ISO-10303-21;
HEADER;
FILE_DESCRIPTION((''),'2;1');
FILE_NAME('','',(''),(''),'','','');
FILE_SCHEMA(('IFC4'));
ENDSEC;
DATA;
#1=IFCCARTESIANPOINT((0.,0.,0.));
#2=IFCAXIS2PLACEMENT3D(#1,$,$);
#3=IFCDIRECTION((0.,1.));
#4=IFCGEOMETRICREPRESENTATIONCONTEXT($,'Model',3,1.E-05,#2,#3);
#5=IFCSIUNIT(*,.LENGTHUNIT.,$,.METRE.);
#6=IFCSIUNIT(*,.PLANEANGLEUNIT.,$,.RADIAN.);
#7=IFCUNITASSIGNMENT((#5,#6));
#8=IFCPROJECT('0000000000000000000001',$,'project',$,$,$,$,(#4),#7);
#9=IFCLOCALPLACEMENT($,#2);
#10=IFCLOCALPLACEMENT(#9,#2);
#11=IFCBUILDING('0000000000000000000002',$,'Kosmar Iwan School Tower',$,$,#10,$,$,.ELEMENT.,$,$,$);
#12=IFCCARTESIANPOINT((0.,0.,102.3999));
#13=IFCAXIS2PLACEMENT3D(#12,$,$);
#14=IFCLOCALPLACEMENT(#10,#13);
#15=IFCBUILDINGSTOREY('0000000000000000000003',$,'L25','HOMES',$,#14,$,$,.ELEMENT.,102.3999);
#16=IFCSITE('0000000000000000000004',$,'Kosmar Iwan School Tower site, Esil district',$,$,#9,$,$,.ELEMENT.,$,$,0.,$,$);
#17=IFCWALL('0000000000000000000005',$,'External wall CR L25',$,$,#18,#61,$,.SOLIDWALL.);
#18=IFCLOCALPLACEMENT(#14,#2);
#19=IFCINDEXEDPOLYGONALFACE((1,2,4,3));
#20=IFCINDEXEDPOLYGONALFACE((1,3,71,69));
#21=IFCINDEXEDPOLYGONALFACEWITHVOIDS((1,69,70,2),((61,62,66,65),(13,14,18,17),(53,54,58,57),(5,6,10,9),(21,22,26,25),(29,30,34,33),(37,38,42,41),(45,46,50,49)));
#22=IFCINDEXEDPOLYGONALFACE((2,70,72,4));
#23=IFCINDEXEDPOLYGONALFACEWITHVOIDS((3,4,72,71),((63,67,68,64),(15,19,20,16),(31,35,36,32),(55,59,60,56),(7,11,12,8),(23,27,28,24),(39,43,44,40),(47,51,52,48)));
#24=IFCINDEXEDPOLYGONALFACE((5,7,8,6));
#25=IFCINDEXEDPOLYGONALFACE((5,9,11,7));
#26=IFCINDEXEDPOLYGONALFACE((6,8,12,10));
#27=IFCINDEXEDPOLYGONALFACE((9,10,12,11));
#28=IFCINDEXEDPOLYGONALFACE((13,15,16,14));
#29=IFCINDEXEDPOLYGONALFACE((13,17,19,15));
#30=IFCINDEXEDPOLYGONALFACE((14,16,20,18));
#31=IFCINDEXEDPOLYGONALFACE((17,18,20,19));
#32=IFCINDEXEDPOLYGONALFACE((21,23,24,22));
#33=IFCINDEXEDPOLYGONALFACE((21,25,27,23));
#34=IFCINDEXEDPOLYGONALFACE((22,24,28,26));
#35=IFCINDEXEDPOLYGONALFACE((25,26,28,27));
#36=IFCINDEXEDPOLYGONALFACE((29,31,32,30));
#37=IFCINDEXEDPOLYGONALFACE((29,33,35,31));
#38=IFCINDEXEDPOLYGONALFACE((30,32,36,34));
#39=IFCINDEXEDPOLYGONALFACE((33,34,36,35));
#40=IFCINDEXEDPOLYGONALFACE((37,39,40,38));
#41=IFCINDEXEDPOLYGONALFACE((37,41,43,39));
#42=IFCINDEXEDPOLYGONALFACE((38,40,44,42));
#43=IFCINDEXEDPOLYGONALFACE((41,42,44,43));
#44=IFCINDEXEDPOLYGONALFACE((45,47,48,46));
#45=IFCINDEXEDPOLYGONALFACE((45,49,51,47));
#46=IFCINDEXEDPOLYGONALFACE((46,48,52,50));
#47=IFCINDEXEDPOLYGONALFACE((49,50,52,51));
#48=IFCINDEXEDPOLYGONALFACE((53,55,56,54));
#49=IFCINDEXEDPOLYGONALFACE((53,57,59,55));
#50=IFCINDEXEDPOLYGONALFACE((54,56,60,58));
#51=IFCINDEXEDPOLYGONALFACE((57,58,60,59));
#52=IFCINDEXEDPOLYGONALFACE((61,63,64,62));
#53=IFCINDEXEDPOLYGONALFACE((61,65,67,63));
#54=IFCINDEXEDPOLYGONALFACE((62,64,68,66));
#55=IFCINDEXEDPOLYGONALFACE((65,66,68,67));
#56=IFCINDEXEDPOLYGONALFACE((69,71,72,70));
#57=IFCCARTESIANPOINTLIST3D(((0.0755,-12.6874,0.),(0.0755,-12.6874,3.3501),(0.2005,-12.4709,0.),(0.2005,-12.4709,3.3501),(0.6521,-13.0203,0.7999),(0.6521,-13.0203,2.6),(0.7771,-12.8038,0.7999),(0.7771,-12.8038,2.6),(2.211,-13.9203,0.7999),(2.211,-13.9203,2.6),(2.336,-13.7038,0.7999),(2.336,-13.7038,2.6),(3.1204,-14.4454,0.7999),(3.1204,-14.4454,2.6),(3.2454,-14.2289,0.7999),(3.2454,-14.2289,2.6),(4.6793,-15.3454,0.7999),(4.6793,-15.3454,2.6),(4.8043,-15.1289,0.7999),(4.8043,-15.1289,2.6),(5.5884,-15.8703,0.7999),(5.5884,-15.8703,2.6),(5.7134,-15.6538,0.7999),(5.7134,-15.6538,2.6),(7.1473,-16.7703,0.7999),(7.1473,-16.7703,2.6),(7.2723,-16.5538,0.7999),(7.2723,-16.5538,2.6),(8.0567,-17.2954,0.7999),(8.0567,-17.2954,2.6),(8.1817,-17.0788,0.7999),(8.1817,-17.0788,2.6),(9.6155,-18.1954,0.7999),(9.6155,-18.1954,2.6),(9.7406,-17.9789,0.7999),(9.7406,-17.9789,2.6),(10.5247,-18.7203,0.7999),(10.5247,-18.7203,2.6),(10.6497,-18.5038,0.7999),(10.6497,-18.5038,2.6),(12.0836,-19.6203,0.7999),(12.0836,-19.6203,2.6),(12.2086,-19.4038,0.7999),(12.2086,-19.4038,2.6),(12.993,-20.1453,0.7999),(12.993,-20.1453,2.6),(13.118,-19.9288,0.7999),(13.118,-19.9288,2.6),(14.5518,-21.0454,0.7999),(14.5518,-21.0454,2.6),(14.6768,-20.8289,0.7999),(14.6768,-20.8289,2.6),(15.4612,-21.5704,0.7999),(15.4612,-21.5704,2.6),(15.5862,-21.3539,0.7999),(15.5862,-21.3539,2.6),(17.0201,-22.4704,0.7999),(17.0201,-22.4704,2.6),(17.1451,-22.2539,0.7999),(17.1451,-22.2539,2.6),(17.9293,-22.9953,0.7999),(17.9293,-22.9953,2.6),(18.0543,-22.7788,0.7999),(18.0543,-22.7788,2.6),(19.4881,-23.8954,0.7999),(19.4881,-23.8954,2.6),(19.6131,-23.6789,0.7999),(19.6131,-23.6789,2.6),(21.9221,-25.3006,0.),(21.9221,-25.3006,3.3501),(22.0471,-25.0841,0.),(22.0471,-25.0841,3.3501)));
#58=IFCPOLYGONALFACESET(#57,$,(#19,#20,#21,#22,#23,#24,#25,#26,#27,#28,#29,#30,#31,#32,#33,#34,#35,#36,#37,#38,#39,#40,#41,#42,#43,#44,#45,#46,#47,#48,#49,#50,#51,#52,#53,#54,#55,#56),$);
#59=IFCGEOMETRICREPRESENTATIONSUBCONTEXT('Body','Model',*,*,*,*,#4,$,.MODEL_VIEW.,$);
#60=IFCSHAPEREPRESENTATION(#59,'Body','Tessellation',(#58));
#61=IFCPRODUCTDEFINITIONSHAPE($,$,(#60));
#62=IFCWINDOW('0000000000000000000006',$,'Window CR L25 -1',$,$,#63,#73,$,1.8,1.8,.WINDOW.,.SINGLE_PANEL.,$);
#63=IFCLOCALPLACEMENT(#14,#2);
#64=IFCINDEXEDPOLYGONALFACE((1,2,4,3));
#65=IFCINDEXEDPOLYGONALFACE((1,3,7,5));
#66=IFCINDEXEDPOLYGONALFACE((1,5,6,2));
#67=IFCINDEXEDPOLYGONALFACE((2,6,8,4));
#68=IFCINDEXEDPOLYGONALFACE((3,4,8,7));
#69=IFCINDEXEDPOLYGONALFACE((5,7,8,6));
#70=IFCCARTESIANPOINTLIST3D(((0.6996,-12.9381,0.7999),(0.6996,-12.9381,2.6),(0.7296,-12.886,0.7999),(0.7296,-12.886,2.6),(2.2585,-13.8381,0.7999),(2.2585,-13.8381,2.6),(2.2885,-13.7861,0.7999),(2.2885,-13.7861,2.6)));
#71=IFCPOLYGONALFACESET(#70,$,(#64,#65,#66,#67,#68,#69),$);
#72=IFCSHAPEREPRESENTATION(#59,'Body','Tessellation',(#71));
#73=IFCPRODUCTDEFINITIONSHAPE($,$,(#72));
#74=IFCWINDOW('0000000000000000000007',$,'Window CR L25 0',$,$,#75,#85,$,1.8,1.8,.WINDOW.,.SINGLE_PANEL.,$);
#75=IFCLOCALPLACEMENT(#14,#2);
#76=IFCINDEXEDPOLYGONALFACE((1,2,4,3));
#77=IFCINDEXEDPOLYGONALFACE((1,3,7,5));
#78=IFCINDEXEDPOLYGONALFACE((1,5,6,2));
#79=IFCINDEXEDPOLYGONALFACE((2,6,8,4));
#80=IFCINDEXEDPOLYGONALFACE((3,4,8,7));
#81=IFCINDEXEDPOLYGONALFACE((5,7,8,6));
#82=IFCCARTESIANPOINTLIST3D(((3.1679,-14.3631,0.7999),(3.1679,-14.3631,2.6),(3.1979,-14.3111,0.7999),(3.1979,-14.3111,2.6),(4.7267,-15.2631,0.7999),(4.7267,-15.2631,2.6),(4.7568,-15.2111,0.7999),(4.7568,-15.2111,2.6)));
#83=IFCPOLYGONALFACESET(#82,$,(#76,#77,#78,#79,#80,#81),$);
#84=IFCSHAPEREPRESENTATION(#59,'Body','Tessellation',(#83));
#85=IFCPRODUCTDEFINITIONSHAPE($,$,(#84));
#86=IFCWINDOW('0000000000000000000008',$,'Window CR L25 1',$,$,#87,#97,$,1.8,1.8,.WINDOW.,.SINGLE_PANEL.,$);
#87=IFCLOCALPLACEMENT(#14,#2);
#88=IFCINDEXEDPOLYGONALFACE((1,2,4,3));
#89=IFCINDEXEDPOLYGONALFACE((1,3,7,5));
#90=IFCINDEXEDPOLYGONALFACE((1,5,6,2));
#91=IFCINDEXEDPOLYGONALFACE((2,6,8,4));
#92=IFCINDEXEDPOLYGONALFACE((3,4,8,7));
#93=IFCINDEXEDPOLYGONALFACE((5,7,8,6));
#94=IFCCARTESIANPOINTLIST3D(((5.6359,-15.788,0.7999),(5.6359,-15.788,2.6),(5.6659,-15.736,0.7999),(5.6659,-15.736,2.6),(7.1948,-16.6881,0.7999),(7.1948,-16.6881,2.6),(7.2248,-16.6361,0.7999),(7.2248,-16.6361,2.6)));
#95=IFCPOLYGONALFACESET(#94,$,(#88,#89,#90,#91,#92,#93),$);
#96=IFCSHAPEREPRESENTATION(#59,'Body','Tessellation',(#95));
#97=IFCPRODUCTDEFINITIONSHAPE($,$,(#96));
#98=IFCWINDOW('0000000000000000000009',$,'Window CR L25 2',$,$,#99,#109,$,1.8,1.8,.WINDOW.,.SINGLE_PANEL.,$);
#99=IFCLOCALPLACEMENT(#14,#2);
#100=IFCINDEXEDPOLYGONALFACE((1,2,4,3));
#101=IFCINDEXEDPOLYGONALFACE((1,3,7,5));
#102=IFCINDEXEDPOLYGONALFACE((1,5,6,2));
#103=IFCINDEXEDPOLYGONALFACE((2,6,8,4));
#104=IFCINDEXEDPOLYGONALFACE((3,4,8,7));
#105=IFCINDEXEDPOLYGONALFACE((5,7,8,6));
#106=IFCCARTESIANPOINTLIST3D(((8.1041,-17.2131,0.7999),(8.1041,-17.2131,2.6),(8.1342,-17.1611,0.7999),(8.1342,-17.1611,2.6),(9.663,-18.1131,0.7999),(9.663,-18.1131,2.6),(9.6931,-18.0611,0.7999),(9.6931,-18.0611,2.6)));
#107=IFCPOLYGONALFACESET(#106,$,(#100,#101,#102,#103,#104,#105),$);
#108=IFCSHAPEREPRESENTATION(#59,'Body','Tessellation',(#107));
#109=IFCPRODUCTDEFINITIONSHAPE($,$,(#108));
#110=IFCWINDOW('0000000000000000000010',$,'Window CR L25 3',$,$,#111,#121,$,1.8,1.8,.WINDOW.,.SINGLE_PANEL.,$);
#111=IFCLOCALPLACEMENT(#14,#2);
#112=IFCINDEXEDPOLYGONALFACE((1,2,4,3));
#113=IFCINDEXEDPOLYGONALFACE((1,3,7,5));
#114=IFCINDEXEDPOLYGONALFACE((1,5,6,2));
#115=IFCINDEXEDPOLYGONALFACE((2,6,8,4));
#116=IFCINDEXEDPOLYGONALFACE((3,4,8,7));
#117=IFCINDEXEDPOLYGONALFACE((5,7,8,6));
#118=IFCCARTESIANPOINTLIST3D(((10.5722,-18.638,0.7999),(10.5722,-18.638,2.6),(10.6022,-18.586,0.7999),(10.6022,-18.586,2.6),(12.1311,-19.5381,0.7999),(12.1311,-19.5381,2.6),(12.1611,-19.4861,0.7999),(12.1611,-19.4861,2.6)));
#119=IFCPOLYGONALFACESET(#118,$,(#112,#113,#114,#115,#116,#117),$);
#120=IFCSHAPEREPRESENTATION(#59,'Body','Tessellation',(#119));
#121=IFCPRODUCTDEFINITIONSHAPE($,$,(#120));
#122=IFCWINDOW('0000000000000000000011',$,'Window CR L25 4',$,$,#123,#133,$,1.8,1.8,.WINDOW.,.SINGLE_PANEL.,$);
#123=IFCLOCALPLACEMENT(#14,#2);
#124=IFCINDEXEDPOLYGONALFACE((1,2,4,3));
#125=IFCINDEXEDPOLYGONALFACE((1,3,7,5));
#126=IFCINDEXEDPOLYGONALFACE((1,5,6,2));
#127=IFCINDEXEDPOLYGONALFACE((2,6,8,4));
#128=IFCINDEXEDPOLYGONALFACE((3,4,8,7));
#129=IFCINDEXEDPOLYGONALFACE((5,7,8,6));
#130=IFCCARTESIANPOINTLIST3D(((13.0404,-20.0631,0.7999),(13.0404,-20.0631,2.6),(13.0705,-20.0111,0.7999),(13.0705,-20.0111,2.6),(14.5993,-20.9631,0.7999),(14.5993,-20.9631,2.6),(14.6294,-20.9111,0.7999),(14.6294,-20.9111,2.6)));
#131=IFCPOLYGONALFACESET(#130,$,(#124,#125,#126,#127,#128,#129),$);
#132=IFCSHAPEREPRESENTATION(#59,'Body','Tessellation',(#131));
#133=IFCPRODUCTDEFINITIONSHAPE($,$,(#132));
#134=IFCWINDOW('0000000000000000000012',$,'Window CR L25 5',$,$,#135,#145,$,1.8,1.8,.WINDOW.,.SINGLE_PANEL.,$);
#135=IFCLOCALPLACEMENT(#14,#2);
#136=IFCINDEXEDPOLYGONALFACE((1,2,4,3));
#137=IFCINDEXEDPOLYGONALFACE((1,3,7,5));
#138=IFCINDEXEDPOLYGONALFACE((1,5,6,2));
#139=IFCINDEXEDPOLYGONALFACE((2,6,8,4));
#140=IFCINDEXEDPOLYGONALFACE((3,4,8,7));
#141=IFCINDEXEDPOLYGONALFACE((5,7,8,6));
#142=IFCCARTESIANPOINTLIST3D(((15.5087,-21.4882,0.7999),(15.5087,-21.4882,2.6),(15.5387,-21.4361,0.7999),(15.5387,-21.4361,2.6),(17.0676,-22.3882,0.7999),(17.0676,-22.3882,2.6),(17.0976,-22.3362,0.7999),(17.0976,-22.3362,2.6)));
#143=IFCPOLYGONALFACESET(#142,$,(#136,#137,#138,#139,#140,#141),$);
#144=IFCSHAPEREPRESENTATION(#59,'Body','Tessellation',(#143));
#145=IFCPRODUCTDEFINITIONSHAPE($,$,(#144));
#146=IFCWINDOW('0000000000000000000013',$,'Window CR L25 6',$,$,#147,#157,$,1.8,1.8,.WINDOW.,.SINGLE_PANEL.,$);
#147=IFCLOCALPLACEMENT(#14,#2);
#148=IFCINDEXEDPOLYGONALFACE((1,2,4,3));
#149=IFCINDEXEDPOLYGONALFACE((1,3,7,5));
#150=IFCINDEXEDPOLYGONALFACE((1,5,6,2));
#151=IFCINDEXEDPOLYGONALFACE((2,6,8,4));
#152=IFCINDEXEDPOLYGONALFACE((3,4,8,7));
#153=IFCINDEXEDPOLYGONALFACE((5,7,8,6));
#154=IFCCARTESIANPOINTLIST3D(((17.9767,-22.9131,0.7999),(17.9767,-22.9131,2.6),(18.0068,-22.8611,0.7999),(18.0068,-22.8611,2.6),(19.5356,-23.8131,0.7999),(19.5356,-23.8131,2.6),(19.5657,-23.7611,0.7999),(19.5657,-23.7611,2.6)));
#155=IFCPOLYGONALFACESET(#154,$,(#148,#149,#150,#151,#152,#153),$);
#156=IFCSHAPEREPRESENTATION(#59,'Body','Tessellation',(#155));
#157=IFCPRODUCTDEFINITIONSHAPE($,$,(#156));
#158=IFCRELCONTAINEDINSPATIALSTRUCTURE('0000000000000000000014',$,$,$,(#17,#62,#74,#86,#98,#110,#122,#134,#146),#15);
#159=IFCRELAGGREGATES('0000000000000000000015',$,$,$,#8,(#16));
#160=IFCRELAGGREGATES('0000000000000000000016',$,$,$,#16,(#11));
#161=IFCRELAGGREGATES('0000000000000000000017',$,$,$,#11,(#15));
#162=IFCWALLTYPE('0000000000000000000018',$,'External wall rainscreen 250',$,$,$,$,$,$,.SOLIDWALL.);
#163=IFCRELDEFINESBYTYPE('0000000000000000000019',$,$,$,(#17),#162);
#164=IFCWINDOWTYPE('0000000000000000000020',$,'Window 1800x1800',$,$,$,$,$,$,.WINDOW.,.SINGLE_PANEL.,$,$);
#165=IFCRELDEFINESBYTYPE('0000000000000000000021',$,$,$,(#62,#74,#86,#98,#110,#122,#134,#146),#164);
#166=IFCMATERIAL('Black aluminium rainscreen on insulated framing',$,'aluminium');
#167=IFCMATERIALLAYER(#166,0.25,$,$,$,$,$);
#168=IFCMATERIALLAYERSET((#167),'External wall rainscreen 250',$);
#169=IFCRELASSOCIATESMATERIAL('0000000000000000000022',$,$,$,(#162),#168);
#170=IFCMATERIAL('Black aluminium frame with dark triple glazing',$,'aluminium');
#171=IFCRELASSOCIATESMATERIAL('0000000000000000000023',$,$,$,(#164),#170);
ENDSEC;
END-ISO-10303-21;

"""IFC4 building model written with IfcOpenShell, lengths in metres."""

from ifc_helpers import new_model, si_unit, direction, frame, frame_2d, origin, place, context, subcontext, project, spatial, rectangle, extrude, material, layer, layer_set, type_object, element, fill, save


model = new_model("IFC4")

# Units and contexts
model_context = context("Model", 3, precision=1e-05, world=origin(), true_north=direction((0.0, 1.0)))
body_context = subcontext(model_context, "Body", "Model", "MODEL_VIEW")
ifc_project = project(units=[si_unit("LENGTHUNIT", "METRE"), si_unit("PLANEANGLEUNIT", "RADIAN")], contexts=[model_context])

# Site, building, storey
site_placement = place(None, origin())
site = spatial("IfcSite", under=ifc_project, at=site_placement, Name="Kosmar Iwan School Tower site, Esil district", CompositionType="ELEMENT", RefElevation=0.0)
building_placement = place(site_placement, origin())
building = spatial("IfcBuilding", under=site, at=building_placement, Name="Kosmar Iwan School Tower", CompositionType="ELEMENT")
storey_placement = place(building_placement, frame((0.0, 0.0, 102.3999)))
storey = spatial("IfcBuildingStorey", under=building, at=storey_placement, Name="L25", Description="HOMES", CompositionType="ELEMENT", Elevation=102.3999)

# Wall, openings, windows
ifc_material_1 = material(Name="Black aluminium rainscreen on insulated framing", Category="aluminium")
ifc_layer = layer(ifc_material_1, 0.25)
ifc_layer_set = layer_set([ifc_layer], Name="External wall rainscreen 250")
wall_type = type_object("IfcWallType", Name="External wall rainscreen 250", PredefinedType="SOLIDWALL", material=ifc_layer_set)
ifc_material_2 = material(Name="Black aluminium frame with dark triple glazing", Category="aluminium")
window_type = type_object("IfcWindowType", Name="Window 1800x1800", PartitioningType="SINGLE_PANEL", PredefinedType="WINDOW", material=ifc_material_2)
wall_1_placement = place(storey_placement, frame((0.1379, -12.5791, 0.0), z_axis=(0.0, 0.0, 1.0), x_axis=(0.866024, -0.500003, 0.0)))
wall_1 = element("IfcWall", 1, at=wall_1_placement, inside=storey, type_object=wall_type, Name="External wall CR L25", PredefinedType="SOLIDWALL", context=body_context, shape_type="SweptSolid", body=[
    extrude(rectangle(XDim=25.2263, YDim=0.25, at=frame_2d((12.6133, 0.0))), origin(), (0.0, 0.0, 1.0), 3.3501),
])
opening_1_placement = place(wall_1_placement, frame((0.666, 0.0, 0.8)))
opening_1 = element("IfcOpeningElement", 2, at=opening_1_placement, cuts=wall_1, PredefinedType="OPENING", context=body_context, shape_type="SweptSolid", body=[
    extrude(rectangle(XDim=1.8, YDim=1.8, at=frame_2d((0.8999, 0.8999))), frame((0.0, 0.137, 0.0), z_axis=(0.0, -1.0, 0.0), x_axis=(1.0, 0.0, 0.0)), (0.0, 0.0, 1.0), 0.2739),
])
opening_2_placement = place(wall_1_placement, frame((3.5161, 0.0, 0.8)))
opening_2 = element("IfcOpeningElement", 3, at=opening_2_placement, cuts=wall_1, PredefinedType="OPENING", context=body_context, shape_type="SweptSolid", body=[
    extrude(rectangle(XDim=1.8, YDim=1.8, at=frame_2d((0.8999, 0.8999))), frame((0.0, 0.137, 0.0), z_axis=(0.0, -1.0, 0.0), x_axis=(1.0, 0.0, 0.0)), (0.0, 0.0, 1.0), 0.2739),
])
opening_3_placement = place(wall_1_placement, frame((6.366, 0.0, 0.8)))
opening_3 = element("IfcOpeningElement", 4, at=opening_3_placement, cuts=wall_1, PredefinedType="OPENING", context=body_context, shape_type="SweptSolid", body=[
    extrude(rectangle(XDim=1.8, YDim=1.8, at=frame_2d((0.8999, 0.8999))), frame((0.0, 0.137, 0.0), z_axis=(0.0, -1.0, 0.0), x_axis=(1.0, 0.0, 0.0)), (0.0, 0.0, 1.0), 0.2739),
])
opening_4_placement = place(wall_1_placement, frame((9.2161, 0.0, 0.8)))
opening_4 = element("IfcOpeningElement", 5, at=opening_4_placement, cuts=wall_1, PredefinedType="OPENING", context=body_context, shape_type="SweptSolid", body=[
    extrude(rectangle(XDim=1.8, YDim=1.8, at=frame_2d((0.8999, 0.8999))), frame((0.0, 0.137, 0.0), z_axis=(0.0, -1.0, 0.0), x_axis=(1.0, 0.0, 0.0)), (0.0, 0.0, 1.0), 0.2739),
])
opening_5_placement = place(wall_1_placement, frame((12.0659, 0.0, 0.8)))
opening_5 = element("IfcOpeningElement", 6, at=opening_5_placement, cuts=wall_1, PredefinedType="OPENING", context=body_context, shape_type="SweptSolid", body=[
    extrude(rectangle(XDim=1.8, YDim=1.8, at=frame_2d((0.8999, 0.8999))), frame((0.0, 0.137, 0.0), z_axis=(0.0, -1.0, 0.0), x_axis=(1.0, 0.0, 0.0)), (0.0, 0.0, 1.0), 0.2739),
])
opening_6_placement = place(wall_1_placement, frame((14.916, 0.0, 0.8)))
opening_6 = element("IfcOpeningElement", 7, at=opening_6_placement, cuts=wall_1, PredefinedType="OPENING", context=body_context, shape_type="SweptSolid", body=[
    extrude(rectangle(XDim=1.8, YDim=1.8, at=frame_2d((0.8999, 0.8999))), frame((0.0, 0.137, 0.0), z_axis=(0.0, -1.0, 0.0), x_axis=(1.0, 0.0, 0.0)), (0.0, 0.0, 1.0), 0.2739),
])
opening_7_placement = place(wall_1_placement, frame((17.7661, 0.0, 0.8)))
opening_7 = element("IfcOpeningElement", 8, at=opening_7_placement, cuts=wall_1, PredefinedType="OPENING", context=body_context, shape_type="SweptSolid", body=[
    extrude(rectangle(XDim=1.8, YDim=1.8, at=frame_2d((0.8999, 0.8999))), frame((0.0, 0.137, 0.0), z_axis=(0.0, -1.0, 0.0), x_axis=(1.0, 0.0, 0.0)), (0.0, 0.0, 1.0), 0.2739),
])
opening_8_placement = place(wall_1_placement, frame((20.616, 0.0, 0.8)))
opening_8 = element("IfcOpeningElement", 9, at=opening_8_placement, cuts=wall_1, PredefinedType="OPENING", context=body_context, shape_type="SweptSolid", body=[
    extrude(rectangle(XDim=1.8, YDim=1.8, at=frame_2d((0.8999, 0.8999))), frame((0.0, 0.137, 0.0), z_axis=(0.0, -1.0, 0.0), x_axis=(1.0, 0.0, 0.0)), (0.0, 0.0, 1.0), 0.2739),
])
window_1_placement = place(opening_1_placement, origin())
window_1 = element("IfcWindow", 10, at=window_1_placement, inside=storey, type_object=window_type, Name="Window CR L25 -1", OverallHeight=1.8, OverallWidth=1.8, PartitioningType="SINGLE_PANEL", PredefinedType="WINDOW", context=body_context, shape_type="SweptSolid", body=[
    extrude(rectangle(XDim=1.8, YDim=1.8, at=frame_2d((0.8999, 0.8999))), frame((0.0, 0.03, 0.0), z_axis=(0.0, -1.0, 0.0), x_axis=(1.0, 0.0, 0.0)), (0.0, 0.0, 1.0), 0.0601),
])
fill(opening_1, window_1)
window_2_placement = place(opening_2_placement, origin())
window_2 = element("IfcWindow", 11, at=window_2_placement, inside=storey, type_object=window_type, Name="Window CR L25 0", OverallHeight=1.8, OverallWidth=1.8, PartitioningType="SINGLE_PANEL", PredefinedType="WINDOW", context=body_context, shape_type="SweptSolid", body=[
    extrude(rectangle(XDim=1.8, YDim=1.8, at=frame_2d((0.8999, 0.8999))), frame((0.0, 0.03, 0.0), z_axis=(0.0, -1.0, 0.0), x_axis=(1.0, 0.0, 0.0)), (0.0, 0.0, 1.0), 0.0601),
])
fill(opening_2, window_2)
window_3_placement = place(opening_3_placement, origin())
window_3 = element("IfcWindow", 12, at=window_3_placement, inside=storey, type_object=window_type, Name="Window CR L25 1", OverallHeight=1.8, OverallWidth=1.8, PartitioningType="SINGLE_PANEL", PredefinedType="WINDOW", context=body_context, shape_type="SweptSolid", body=[
    extrude(rectangle(XDim=1.8, YDim=1.8, at=frame_2d((0.8999, 0.8999))), frame((0.0, 0.03, 0.0), z_axis=(0.0, -1.0, 0.0), x_axis=(1.0, 0.0, 0.0)), (0.0, 0.0, 1.0), 0.0601),
])
fill(opening_3, window_3)
window_4_placement = place(opening_4_placement, origin())
window_4 = element("IfcWindow", 13, at=window_4_placement, inside=storey, type_object=window_type, Name="Window CR L25 2", OverallHeight=1.8, OverallWidth=1.8, PartitioningType="SINGLE_PANEL", PredefinedType="WINDOW", context=body_context, shape_type="SweptSolid", body=[
    extrude(rectangle(XDim=1.8, YDim=1.8, at=frame_2d((0.8999, 0.8999))), frame((0.0, 0.03, 0.0), z_axis=(0.0, -1.0, 0.0), x_axis=(1.0, 0.0, 0.0)), (0.0, 0.0, 1.0), 0.0601),
])
fill(opening_4, window_4)
window_5_placement = place(opening_5_placement, origin())
window_5 = element("IfcWindow", 14, at=window_5_placement, inside=storey, type_object=window_type, Name="Window CR L25 3", OverallHeight=1.8, OverallWidth=1.8, PartitioningType="SINGLE_PANEL", PredefinedType="WINDOW", context=body_context, shape_type="SweptSolid", body=[
    extrude(rectangle(XDim=1.8, YDim=1.8, at=frame_2d((0.8999, 0.8999))), frame((0.0, 0.03, 0.0), z_axis=(0.0, -1.0, 0.0), x_axis=(1.0, 0.0, 0.0)), (0.0, 0.0, 1.0), 0.0601),
])
fill(opening_5, window_5)
window_6_placement = place(opening_6_placement, origin())
window_6 = element("IfcWindow", 15, at=window_6_placement, inside=storey, type_object=window_type, Name="Window CR L25 4", OverallHeight=1.8, OverallWidth=1.8, PartitioningType="SINGLE_PANEL", PredefinedType="WINDOW", context=body_context, shape_type="SweptSolid", body=[
    extrude(rectangle(XDim=1.8, YDim=1.8, at=frame_2d((0.8999, 0.8999))), frame((0.0, 0.03, 0.0), z_axis=(0.0, -1.0, 0.0), x_axis=(1.0, 0.0, 0.0)), (0.0, 0.0, 1.0), 0.0601),
])
fill(opening_6, window_6)
window_7_placement = place(opening_7_placement, origin())
window_7 = element("IfcWindow", 16, at=window_7_placement, inside=storey, type_object=window_type, Name="Window CR L25 5", OverallHeight=1.8, OverallWidth=1.8, PartitioningType="SINGLE_PANEL", PredefinedType="WINDOW", context=body_context, shape_type="SweptSolid", body=[
    extrude(rectangle(XDim=1.8, YDim=1.8, at=frame_2d((0.8999, 0.8999))), frame((0.0, 0.03, 0.0), z_axis=(0.0, -1.0, 0.0), x_axis=(1.0, 0.0, 0.0)), (0.0, 0.0, 1.0), 0.0601),
])
fill(opening_7, window_7)
window_8_placement = place(opening_8_placement, origin())
window_8 = element("IfcWindow", 17, at=window_8_placement, inside=storey, type_object=window_type, Name="Window CR L25 6", OverallHeight=1.8, OverallWidth=1.8, PartitioningType="SINGLE_PANEL", PredefinedType="WINDOW", context=body_context, shape_type="SweptSolid", body=[
    extrude(rectangle(XDim=1.8, YDim=1.8, at=frame_2d((0.8999, 0.8999))), frame((0.0, 0.03, 0.0), z_axis=(0.0, -1.0, 0.0), x_axis=(1.0, 0.0, 0.0)), (0.0, 0.0, 1.0), 0.0601),
])
fill(opening_8, window_8)

save(model, "model.ifc")
